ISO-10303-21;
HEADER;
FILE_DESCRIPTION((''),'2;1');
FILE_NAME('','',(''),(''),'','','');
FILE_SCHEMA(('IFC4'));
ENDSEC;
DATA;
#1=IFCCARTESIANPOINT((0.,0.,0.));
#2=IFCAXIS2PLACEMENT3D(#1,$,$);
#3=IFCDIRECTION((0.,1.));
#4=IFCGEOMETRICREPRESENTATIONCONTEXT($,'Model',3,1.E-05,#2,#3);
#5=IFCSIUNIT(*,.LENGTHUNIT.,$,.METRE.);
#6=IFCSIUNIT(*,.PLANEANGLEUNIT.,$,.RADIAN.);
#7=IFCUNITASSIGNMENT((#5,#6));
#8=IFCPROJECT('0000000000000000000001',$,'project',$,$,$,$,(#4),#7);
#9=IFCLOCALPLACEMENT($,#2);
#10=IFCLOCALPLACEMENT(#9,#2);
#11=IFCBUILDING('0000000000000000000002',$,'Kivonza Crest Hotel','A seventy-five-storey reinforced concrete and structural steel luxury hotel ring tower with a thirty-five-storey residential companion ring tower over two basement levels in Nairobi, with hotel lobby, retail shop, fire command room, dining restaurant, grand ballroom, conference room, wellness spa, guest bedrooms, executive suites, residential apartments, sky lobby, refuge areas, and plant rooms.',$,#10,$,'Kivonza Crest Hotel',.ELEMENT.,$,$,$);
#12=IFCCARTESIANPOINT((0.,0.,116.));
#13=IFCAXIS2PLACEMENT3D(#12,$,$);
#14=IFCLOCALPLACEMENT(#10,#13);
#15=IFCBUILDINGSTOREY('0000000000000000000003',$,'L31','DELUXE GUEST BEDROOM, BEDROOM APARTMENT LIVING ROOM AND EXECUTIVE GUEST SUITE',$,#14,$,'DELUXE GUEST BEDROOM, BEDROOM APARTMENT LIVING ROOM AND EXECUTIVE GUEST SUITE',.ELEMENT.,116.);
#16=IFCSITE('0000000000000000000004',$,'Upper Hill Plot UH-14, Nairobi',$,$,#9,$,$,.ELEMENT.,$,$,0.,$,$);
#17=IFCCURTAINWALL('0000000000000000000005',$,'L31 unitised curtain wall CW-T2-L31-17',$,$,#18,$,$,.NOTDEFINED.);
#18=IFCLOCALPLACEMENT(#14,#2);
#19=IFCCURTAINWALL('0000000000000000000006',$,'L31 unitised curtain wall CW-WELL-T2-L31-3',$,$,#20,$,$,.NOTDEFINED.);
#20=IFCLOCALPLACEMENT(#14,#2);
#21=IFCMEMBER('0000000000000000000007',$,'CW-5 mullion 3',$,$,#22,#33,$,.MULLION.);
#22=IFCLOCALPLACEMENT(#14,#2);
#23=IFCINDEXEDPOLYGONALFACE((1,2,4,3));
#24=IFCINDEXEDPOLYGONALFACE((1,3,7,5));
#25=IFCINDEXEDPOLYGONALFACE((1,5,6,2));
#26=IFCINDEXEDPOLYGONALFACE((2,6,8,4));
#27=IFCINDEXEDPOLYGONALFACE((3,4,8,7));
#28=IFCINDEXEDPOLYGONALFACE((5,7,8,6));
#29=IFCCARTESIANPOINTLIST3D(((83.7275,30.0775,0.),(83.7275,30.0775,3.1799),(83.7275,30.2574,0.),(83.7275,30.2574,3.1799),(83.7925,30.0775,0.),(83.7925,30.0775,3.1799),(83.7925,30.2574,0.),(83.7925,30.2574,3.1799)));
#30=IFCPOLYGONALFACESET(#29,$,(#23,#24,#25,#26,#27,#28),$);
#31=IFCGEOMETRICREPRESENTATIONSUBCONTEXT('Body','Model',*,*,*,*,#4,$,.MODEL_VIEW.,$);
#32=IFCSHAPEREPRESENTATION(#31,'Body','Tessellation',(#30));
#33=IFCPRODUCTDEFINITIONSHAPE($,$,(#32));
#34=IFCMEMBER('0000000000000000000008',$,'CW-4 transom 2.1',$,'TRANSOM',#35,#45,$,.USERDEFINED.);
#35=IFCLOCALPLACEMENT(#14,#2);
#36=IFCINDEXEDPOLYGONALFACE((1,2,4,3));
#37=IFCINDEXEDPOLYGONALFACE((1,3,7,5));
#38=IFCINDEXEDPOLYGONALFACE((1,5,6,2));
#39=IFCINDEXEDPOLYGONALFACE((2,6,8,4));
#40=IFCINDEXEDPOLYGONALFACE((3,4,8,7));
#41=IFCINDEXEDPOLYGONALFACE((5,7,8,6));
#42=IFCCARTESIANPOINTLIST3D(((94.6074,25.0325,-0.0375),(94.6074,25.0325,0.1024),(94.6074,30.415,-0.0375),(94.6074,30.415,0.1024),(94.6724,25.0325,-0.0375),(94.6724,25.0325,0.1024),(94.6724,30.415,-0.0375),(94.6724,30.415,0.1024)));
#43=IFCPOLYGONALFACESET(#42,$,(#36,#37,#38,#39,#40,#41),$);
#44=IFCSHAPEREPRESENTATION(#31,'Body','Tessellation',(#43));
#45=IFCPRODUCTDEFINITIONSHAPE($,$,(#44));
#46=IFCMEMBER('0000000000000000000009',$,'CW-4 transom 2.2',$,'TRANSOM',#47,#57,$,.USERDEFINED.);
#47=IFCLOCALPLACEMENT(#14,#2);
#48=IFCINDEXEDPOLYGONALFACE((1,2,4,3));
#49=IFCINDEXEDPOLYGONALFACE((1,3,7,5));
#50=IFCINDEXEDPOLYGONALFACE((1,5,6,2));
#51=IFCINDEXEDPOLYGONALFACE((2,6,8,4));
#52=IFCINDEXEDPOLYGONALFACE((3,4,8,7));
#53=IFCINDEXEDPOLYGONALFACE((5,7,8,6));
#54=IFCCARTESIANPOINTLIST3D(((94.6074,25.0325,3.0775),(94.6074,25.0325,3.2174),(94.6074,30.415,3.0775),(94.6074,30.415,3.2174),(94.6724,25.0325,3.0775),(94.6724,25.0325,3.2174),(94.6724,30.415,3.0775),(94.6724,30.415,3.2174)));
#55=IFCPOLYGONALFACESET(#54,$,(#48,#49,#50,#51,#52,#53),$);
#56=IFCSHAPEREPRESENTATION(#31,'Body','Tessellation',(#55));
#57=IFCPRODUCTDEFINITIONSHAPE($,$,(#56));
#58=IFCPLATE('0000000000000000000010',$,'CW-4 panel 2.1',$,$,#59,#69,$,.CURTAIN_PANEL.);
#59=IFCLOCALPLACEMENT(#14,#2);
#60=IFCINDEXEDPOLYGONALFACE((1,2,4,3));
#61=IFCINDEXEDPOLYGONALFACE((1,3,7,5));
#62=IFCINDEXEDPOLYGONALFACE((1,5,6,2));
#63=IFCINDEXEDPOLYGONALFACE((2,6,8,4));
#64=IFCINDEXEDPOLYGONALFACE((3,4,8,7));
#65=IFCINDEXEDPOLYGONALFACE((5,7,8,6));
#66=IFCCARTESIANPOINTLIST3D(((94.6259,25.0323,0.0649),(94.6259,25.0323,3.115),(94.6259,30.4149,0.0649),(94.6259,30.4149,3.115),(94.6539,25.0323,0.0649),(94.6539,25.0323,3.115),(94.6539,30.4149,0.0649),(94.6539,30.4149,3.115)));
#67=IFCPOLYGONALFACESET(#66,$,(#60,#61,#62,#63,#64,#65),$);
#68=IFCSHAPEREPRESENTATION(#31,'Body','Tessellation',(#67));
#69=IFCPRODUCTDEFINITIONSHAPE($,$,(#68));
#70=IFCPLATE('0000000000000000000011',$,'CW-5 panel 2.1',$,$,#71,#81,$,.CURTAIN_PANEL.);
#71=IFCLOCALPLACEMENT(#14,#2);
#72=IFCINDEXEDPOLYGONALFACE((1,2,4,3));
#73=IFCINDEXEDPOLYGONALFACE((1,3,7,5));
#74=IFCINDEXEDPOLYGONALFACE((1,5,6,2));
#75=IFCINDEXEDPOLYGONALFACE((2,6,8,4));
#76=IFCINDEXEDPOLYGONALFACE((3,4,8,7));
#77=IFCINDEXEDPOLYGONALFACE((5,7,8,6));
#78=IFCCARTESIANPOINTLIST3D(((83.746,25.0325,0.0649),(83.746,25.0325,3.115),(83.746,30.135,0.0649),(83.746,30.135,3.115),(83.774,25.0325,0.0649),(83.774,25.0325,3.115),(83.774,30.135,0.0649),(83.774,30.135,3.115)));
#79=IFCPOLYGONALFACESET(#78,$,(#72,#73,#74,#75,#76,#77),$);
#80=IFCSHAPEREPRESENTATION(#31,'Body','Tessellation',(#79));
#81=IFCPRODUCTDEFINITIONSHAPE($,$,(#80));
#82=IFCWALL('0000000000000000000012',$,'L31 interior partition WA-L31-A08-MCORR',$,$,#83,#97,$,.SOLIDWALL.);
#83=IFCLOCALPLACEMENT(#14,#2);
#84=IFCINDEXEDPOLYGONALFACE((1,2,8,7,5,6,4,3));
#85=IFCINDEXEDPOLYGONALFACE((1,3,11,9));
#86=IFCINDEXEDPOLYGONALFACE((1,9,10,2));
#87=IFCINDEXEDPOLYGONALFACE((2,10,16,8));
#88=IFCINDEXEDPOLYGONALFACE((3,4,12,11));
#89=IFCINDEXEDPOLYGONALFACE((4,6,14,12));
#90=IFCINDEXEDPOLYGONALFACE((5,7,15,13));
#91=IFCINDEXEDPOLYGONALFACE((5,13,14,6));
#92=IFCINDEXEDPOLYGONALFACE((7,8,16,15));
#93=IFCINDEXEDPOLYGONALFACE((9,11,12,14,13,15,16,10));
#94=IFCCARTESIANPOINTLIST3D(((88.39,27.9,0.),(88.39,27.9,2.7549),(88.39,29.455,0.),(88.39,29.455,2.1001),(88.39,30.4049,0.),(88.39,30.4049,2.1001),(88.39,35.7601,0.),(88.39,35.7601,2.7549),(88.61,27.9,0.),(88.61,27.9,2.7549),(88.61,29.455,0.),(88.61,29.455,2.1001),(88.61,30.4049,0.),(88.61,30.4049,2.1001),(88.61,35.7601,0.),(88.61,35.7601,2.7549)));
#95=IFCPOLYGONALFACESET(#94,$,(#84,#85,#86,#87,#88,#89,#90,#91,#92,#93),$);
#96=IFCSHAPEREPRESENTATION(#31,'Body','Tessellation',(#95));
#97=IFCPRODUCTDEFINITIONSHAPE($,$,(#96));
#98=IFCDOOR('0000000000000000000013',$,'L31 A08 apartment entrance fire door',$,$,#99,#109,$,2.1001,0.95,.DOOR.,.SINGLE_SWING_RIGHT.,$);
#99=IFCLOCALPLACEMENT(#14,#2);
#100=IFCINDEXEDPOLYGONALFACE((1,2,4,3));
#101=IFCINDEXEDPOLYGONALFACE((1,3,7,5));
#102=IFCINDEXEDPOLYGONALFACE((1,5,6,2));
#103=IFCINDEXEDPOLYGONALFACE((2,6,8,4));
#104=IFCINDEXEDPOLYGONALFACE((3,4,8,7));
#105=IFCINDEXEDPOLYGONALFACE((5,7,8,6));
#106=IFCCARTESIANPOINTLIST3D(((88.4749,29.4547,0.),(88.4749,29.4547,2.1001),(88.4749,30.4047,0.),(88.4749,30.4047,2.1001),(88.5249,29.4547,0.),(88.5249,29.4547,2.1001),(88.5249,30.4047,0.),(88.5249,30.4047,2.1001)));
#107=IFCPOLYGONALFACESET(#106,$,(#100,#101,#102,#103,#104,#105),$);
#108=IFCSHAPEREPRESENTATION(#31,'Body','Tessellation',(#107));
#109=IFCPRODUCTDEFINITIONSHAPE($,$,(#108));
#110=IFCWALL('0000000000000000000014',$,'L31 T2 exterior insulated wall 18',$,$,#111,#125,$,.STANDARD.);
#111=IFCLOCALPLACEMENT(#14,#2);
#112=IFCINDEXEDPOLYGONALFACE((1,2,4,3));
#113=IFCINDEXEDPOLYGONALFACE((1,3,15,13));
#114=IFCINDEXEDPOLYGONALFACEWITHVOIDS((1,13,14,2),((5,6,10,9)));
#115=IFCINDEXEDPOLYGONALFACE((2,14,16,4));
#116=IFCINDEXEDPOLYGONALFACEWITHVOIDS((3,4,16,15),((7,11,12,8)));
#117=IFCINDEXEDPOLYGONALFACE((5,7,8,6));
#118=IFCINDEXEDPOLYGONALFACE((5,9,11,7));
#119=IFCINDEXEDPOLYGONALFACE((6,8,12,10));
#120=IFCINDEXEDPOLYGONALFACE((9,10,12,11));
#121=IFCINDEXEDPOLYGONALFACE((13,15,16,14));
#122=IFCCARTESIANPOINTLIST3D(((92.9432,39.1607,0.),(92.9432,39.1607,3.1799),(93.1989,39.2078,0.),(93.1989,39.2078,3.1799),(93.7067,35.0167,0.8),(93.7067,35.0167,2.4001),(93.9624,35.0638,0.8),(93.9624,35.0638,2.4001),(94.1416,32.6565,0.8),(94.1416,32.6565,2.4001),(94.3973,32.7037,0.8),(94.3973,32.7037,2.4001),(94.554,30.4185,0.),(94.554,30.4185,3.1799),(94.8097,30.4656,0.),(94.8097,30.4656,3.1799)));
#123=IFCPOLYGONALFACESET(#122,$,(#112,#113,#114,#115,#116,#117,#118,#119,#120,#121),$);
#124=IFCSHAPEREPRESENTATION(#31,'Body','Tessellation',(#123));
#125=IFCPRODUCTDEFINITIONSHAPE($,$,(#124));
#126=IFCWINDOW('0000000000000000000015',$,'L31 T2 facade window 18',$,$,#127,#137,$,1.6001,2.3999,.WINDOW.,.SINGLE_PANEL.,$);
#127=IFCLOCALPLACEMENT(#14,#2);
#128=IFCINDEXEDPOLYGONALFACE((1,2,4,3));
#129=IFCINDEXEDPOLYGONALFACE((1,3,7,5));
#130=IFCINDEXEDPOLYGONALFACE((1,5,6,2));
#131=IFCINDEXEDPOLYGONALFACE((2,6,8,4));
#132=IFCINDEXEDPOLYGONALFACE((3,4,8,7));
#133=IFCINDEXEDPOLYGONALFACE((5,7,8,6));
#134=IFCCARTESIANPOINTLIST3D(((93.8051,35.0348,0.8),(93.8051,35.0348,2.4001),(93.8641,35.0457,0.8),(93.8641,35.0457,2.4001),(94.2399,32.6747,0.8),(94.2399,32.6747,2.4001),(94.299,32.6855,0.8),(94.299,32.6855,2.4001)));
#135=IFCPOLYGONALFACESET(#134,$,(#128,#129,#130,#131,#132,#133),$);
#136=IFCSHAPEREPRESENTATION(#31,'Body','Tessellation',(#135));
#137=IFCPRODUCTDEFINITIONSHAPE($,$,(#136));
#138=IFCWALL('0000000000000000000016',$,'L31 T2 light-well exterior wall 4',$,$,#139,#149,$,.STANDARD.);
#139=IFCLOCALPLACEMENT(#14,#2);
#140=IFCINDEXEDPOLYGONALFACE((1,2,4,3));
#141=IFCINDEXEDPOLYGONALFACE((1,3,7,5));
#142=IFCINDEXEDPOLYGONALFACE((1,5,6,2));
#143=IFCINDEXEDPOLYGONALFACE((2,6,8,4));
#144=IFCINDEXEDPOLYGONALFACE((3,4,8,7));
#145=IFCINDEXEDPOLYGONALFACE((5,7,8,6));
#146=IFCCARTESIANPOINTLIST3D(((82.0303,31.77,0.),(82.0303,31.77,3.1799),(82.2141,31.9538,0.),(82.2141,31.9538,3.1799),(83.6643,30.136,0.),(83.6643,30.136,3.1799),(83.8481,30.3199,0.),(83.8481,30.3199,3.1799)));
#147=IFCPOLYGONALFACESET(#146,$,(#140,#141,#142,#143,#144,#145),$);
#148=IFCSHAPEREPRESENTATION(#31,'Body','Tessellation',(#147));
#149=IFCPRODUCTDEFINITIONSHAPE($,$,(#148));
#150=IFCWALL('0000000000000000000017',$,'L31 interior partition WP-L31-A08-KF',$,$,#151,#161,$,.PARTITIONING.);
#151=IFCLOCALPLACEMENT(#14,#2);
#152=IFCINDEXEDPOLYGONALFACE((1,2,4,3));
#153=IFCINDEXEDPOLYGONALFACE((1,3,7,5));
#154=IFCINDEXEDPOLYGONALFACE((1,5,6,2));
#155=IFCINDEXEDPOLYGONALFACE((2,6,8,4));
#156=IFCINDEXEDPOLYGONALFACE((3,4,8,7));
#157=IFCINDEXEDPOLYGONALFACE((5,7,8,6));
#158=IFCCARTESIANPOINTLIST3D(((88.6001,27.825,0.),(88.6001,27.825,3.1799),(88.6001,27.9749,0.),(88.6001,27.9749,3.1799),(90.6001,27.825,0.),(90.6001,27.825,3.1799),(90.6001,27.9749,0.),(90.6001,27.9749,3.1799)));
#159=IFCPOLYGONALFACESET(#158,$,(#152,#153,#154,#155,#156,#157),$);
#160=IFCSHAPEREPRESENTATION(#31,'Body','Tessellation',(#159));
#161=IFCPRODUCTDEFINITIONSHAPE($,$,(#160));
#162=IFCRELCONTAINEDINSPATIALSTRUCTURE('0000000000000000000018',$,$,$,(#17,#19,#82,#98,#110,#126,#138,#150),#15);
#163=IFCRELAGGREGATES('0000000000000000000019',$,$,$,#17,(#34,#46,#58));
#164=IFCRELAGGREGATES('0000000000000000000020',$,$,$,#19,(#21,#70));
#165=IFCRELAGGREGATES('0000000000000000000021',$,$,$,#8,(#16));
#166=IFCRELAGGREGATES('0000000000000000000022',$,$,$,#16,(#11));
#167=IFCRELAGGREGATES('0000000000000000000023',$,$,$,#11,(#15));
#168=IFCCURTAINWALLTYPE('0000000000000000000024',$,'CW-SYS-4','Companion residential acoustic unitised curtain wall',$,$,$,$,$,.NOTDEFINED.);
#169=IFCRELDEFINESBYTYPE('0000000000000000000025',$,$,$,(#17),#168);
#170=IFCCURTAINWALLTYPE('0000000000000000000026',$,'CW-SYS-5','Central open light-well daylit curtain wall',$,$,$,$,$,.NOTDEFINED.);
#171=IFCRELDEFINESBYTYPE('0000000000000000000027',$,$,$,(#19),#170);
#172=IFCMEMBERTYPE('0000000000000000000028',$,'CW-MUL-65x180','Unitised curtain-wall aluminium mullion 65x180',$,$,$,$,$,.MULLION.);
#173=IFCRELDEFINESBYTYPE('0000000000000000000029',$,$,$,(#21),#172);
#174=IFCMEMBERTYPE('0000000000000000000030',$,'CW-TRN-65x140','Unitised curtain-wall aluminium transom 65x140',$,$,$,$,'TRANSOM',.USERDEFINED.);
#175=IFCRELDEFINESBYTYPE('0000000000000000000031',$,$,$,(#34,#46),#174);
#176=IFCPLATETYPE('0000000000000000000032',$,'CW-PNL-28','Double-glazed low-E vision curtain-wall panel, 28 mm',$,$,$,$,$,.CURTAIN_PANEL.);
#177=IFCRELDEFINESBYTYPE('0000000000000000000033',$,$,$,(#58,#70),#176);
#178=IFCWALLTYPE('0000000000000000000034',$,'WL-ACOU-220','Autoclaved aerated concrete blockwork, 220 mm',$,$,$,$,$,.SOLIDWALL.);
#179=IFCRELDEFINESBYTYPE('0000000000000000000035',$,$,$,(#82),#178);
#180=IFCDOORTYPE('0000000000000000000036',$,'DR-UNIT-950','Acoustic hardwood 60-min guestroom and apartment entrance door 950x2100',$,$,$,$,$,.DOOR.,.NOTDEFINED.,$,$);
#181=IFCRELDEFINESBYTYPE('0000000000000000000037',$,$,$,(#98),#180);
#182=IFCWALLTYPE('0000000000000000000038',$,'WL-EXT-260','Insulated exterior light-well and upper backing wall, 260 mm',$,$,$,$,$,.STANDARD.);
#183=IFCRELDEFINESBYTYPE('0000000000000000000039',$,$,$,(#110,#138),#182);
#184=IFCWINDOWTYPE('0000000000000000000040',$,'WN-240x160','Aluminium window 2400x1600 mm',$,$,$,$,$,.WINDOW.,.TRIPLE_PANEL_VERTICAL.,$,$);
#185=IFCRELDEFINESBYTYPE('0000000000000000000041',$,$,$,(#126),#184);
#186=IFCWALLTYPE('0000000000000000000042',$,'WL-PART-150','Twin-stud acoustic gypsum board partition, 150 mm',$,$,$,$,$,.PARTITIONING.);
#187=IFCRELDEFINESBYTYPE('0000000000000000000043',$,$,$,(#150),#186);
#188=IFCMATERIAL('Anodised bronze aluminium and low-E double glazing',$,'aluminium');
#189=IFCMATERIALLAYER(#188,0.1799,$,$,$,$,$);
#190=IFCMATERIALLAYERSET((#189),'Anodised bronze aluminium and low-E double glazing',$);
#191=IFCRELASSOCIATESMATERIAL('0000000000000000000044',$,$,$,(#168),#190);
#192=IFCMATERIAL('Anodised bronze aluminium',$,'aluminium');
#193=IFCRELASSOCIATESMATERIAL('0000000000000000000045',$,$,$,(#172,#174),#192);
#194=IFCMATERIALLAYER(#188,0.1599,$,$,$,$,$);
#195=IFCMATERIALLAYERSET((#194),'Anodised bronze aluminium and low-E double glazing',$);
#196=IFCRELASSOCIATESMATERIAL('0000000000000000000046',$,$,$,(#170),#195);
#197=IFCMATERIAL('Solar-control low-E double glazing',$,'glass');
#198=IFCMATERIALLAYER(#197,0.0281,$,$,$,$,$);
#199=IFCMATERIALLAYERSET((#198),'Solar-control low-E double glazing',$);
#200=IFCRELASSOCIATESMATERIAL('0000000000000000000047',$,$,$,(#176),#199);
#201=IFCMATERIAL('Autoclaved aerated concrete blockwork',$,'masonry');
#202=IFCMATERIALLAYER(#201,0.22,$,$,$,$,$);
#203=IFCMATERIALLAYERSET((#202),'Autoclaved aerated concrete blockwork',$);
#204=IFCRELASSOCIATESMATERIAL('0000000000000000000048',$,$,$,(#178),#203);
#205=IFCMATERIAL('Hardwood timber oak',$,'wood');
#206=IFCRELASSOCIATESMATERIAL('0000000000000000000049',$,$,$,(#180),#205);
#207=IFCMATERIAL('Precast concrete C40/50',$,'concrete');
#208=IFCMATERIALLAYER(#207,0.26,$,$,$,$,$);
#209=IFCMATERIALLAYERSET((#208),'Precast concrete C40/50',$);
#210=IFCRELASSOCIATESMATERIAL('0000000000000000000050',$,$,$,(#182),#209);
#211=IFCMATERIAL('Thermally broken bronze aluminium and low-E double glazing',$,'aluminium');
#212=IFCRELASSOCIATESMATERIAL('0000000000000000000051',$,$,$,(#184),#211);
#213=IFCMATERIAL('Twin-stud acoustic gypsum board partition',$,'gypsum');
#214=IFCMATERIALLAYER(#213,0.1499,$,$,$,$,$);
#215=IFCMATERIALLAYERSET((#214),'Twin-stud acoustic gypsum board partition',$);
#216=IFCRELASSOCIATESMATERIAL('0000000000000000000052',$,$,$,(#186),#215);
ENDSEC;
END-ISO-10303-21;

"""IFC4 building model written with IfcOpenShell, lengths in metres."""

from ifc_helpers import new_model, si_unit, direction, frame, frame_2d, origin, origin_2d, place, context, subcontext, project, spatial, rectangle, extrude, material, layer, layer_set, material_profile, profile_set, type_object, element, fill, aggregate, save


model = new_model("IFC4")

# Units and contexts
model_context = context("Model", 3, precision=1e-05, world=origin(), true_north=direction((0.0, 1.0)))
body_context = subcontext(model_context, "Body", "Model", "MODEL_VIEW")
ifc_project = project(units=[si_unit("LENGTHUNIT", "METRE"), si_unit("PLANEANGLEUNIT", "RADIAN")], contexts=[model_context])

# Site, building, storey
site_placement = place(None, origin())
site = spatial("IfcSite", under=ifc_project, at=site_placement, Name="Upper Hill Plot UH-14, Nairobi", CompositionType="ELEMENT", RefElevation=0.0)
building_placement = place(site_placement, origin())
building = spatial("IfcBuilding", under=site, at=building_placement, Name="Kivonza Crest Hotel", Description="A seventy-five-storey reinforced concrete and structural steel luxury hotel ring tower with a thirty-five-storey residential companion ring tower over two basement levels in Nairobi, with hotel lobby, retail shop, fire command room, dining restaurant, grand ballroom, conference room, wellness spa, guest bedrooms, executive suites, residential apartments, sky lobby, refuge areas, and plant rooms.", LongName="Kivonza Crest Hotel", CompositionType="ELEMENT")
storey_placement = place(building_placement, frame((0.0, 0.0, 116.0)))
storey = spatial("IfcBuildingStorey", under=building, at=storey_placement, Name="L31", Description="DELUXE GUEST BEDROOM, BEDROOM APARTMENT LIVING ROOM AND EXECUTIVE GUEST SUITE", LongName="DELUXE GUEST BEDROOM, BEDROOM APARTMENT LIVING ROOM AND EXECUTIVE GUEST SUITE", CompositionType="ELEMENT", Elevation=116.0)

# Curtain walls, member
ifc_material_1 = material(Name="Anodised bronze aluminium and low-E double glazing", Category="aluminium")
ifc_layer_1 = layer(ifc_material_1, 0.1799)
ifc_layer_set_1 = layer_set([ifc_layer_1], Name="Anodised bronze aluminium and low-E double glazing")
curtain_wall_type_1 = type_object("IfcCurtainWallType", Name="CW-SYS-4", Description="Companion residential acoustic unitised curtain wall", PredefinedType="NOTDEFINED", material=ifc_layer_set_1)
curtain_wall_1_placement = place(storey_placement, origin())
curtain_wall_1 = element("IfcCurtainWall", 1, at=curtain_wall_1_placement, inside=storey, type_object=curtain_wall_type_1, Name="L31 unitised curtain wall CW-T2-L31-17", PredefinedType="NOTDEFINED")
ifc_material_2 = material(Name="Anodised bronze aluminium", Category="aluminium")
ifc_material_profile_1 = material_profile(ifc_material_2, rectangle(XDim=0.0649, YDim=0.1799, at=origin_2d()), Name="CW-M 65x180")
ifc_profile_set_1 = profile_set([ifc_material_profile_1], Name="Anodised bronze aluminium")
member_type_1 = type_object("IfcMemberType", Name="CW-MUL-65x180", Description="Unitised curtain-wall aluminium mullion 65x180", PredefinedType="MULLION", material=ifc_profile_set_1)
ifc_layer_2 = layer(ifc_material_1, 0.1599)
ifc_layer_set_2 = layer_set([ifc_layer_2], Name="Anodised bronze aluminium and low-E double glazing")
curtain_wall_type_2 = type_object("IfcCurtainWallType", Name="CW-SYS-5", Description="Central open light-well daylit curtain wall", PredefinedType="NOTDEFINED", material=ifc_layer_set_2)
curtain_wall_2_placement = place(storey_placement, origin())
curtain_wall_2 = element("IfcCurtainWall", 2, at=curtain_wall_2_placement, inside=storey, type_object=curtain_wall_type_2, Name="L31 unitised curtain wall CW-WELL-T2-L31-3", PredefinedType="NOTDEFINED")
member_1_placement = place(storey_placement, frame((83.76, 30.1675, 0.0), z_axis=(0.0, 0.0, 1.0), x_axis=(-1.0, 0.0, 0.0)))
member_1 = element("IfcMember", 3, at=member_1_placement, type_object=member_type_1, Name="CW-5 mullion 3", PredefinedType="MULLION", context=body_context, shape_type="SweptSolid", body=[
    extrude(rectangle(XDim=0.0649, YDim=0.1799, at=origin_2d()), origin(), (0.0, 0.0, 1.0), 3.1799),
])

# Members
ifc_material_profile_2 = material_profile(ifc_material_2, rectangle(XDim=0.0649, YDim=0.1399, at=origin_2d()), Name="CW-T 65x140")
ifc_profile_set_2 = profile_set([ifc_material_profile_2], Name="Anodised bronze aluminium")
member_type_2 = type_object("IfcMemberType", Name="CW-TRN-65x140", Description="Unitised curtain-wall aluminium transom 65x140", ElementType="TRANSOM", PredefinedType="USERDEFINED", material=ifc_profile_set_2)
member_2_placement = place(storey_placement, frame((94.6399, 25.0325, 0.0325), z_axis=(0.0, 1.0, 0.0), x_axis=(-1.0, 0.0, 0.0)))
member_2 = element("IfcMember", 4, at=member_2_placement, type_object=member_type_2, Name="CW-4 transom 2.1", ObjectType="TRANSOM", PredefinedType="USERDEFINED", context=body_context, shape_type="SweptSolid", body=[
    extrude(rectangle(XDim=0.0649, YDim=0.1399, at=origin_2d()), origin(), (0.0, 0.0, 1.0), 5.3826),
])
member_3_placement = place(storey_placement, frame((94.6399, 25.0325, 3.1475), z_axis=(0.0, 1.0, 0.0), x_axis=(-1.0, 0.0, 0.0)))
member_3 = element("IfcMember", 5, at=member_3_placement, type_object=member_type_2, Name="CW-4 transom 2.2", ObjectType="TRANSOM", PredefinedType="USERDEFINED", context=body_context, shape_type="SweptSolid", body=[
    extrude(rectangle(XDim=0.0649, YDim=0.1399, at=origin_2d()), origin(), (0.0, 0.0, 1.0), 5.3826),
])

# Plates
ifc_material_3 = material(Name="Solar-control low-E double glazing", Category="glass")
ifc_layer_3 = layer(ifc_material_3, 0.0281)
ifc_layer_set_3 = layer_set([ifc_layer_3], Name="Solar-control low-E double glazing")
plate_type = type_object("IfcPlateType", Name="CW-PNL-28", Description="Double-glazed low-E vision curtain-wall panel, 28 mm", PredefinedType="CURTAIN_PANEL", material=ifc_layer_set_3)
plate_1_placement = place(storey_placement, frame((94.6399, 27.7236, 0.0649), z_axis=(0.0, 0.0, 1.0), x_axis=(0.0, 1.0, 0.0)))
plate_1 = element("IfcPlate", 6, at=plate_1_placement, type_object=plate_type, Name="CW-4 panel 2.1", PredefinedType="CURTAIN_PANEL", context=body_context, shape_type="SweptSolid", body=[
    extrude(rectangle(XDim=5.3826, YDim=0.0281, at=origin_2d()), origin(), (0.0, 0.0, 1.0), 3.05),
])
aggregate(curtain_wall_1, [member_2, member_3, plate_1])
plate_2_placement = place(storey_placement, frame((83.76, 27.5837, 0.0649), z_axis=(0.0, 0.0, 1.0), x_axis=(0.0, 1.0, 0.0)))
plate_2 = element("IfcPlate", 7, at=plate_2_placement, type_object=plate_type, Name="CW-5 panel 2.1", PredefinedType="CURTAIN_PANEL", context=body_context, shape_type="SweptSolid", body=[
    extrude(rectangle(XDim=5.1025, YDim=0.0281, at=origin_2d()), origin(), (0.0, 0.0, 1.0), 3.05),
])
aggregate(curtain_wall_2, [member_1, plate_2])

# Wall, opening, door
ifc_material_4 = material(Name="Autoclaved aerated concrete blockwork", Category="masonry")
ifc_layer_4 = layer(ifc_material_4, 0.22)
ifc_layer_set_4 = layer_set([ifc_layer_4], Name="Autoclaved aerated concrete blockwork")
wall_type_1 = type_object("IfcWallType", Name="WL-ACOU-220", Description="Autoclaved aerated concrete blockwork, 220 mm", PredefinedType="SOLIDWALL", material=ifc_layer_set_4)
wall_1_placement = place(storey_placement, frame((88.5, 27.8999, 0.0), z_axis=(0.0, 0.0, 1.0), x_axis=(0.0, 1.0, 0.0)))
wall_1 = element("IfcWall", 8, at=wall_1_placement, inside=storey, type_object=wall_type_1, Name="L31 interior partition WA-L31-A08-MCORR", PredefinedType="SOLIDWALL", context=body_context, shape_type="SweptSolid", body=[
    extrude(rectangle(XDim=7.8601, YDim=0.22, at=frame_2d((3.9302, 0.0))), origin(), (0.0, 0.0, 1.0), 2.7549),
])
opening_1_placement = place(wall_1_placement, frame((1.5549, 0.0, 0.0)))
opening_1 = element("IfcOpeningElement", 9, at=opening_1_placement, cuts=wall_1, PredefinedType="OPENING", context=body_context, shape_type="SweptSolid", body=[
    extrude(rectangle(XDim=0.95, YDim=2.1001, at=frame_2d((0.4751, 1.05))), frame((0.0, 0.1201, 0.0), z_axis=(0.0, -1.0, 0.0), x_axis=(1.0, 0.0, 0.0)), (0.0, 0.0, 1.0), 0.24),
])
ifc_material_5 = material(Name="Hardwood timber oak", Category="wood")
door_type_1 = type_object("IfcDoorType", Name="DR-UNIT-950", Description="Acoustic hardwood 60-min guestroom and apartment entrance door 950x2100", OperationType="NOTDEFINED", PredefinedType="DOOR", material=ifc_material_5)
door_1_placement = place(opening_1_placement, frame((0.95, 0.0, 0.0), z_axis=(0.0, 0.0, 1.0), x_axis=(-1.0, 0.0, 0.0)))
door_1 = element("IfcDoor", 10, at=door_1_placement, inside=storey, type_object=door_type_1, Name="L31 A08 apartment entrance fire door", OperationType="SINGLE_SWING_RIGHT", OverallHeight=2.1001, OverallWidth=0.95, PredefinedType="DOOR", context=body_context, shape_type="SweptSolid", body=[
    extrude(rectangle(XDim=0.95, YDim=2.1001, at=frame_2d((0.4751, 1.05))), frame((0.0, 0.0249, 0.0), z_axis=(0.0, -1.0, 0.0), x_axis=(1.0, 0.0, 0.0)), (0.0, 0.0, 1.0), 0.05),
])
fill(opening_1, door_1)

# Wall, opening, window
ifc_material_6 = material(Name="Precast concrete C40/50", Category="concrete")
ifc_layer_5 = layer(ifc_material_6, 0.26)
ifc_layer_set_5 = layer_set([ifc_layer_5], Name="Precast concrete C40/50")
wall_type_2 = type_object("IfcWallType", Name="WL-EXT-260", Description="Insulated exterior light-well and upper backing wall, 260 mm", PredefinedType="STANDARD", material=ifc_layer_set_5)
wall_2_placement = place(storey_placement, frame((94.6819, 30.4419, 0.0), z_axis=(0.0, 0.0, 1.0), x_axis=(-0.18121, 0.983444, 0.0)))
wall_2 = element("IfcWall", 11, at=wall_2_placement, inside=storey, type_object=wall_type_2, Name="L31 T2 exterior insulated wall 18", PredefinedType="STANDARD", context=body_context, shape_type="SweptSolid", body=[
    extrude(rectangle(XDim=8.8894, YDim=0.26, at=frame_2d((4.4448, 0.0))), origin(), (0.0, 0.0, 1.0), 3.1799),
])
opening_2_placement = place(wall_2_placement, frame((2.2759, 0.0, 0.8)))
opening_2 = element("IfcOpeningElement", 12, at=opening_2_placement, cuts=wall_2, PredefinedType="OPENING", context=body_context, shape_type="SweptSolid", body=[
    extrude(rectangle(XDim=2.3999, YDim=1.6001, at=frame_2d((1.2, 0.8))), frame((0.0, 0.1401, 0.0), z_axis=(0.0, -1.0, 0.0), x_axis=(1.0, 0.0, 0.0)), (0.0, 0.0, 1.0), 0.28),
])
ifc_material_7 = material(Name="Thermally broken bronze aluminium and low-E double glazing", Category="aluminium")
window_type = type_object("IfcWindowType", Name="WN-240x160", Description="Aluminium window 2400x1600 mm", PartitioningType="TRIPLE_PANEL_VERTICAL", PredefinedType="WINDOW", material=ifc_material_7)
window_placement = place(opening_2_placement, origin())
window = element("IfcWindow", 13, at=window_placement, inside=storey, type_object=window_type, Name="L31 T2 facade window 18", OverallHeight=1.6001, OverallWidth=2.3999, PartitioningType="SINGLE_PANEL", PredefinedType="WINDOW", context=body_context, shape_type="SweptSolid", body=[
    extrude(rectangle(XDim=2.3999, YDim=1.6001, at=frame_2d((1.2, 0.8))), frame((0.0, 0.03, 0.0), z_axis=(0.0, -1.0, 0.0), x_axis=(1.0, 0.0, 0.0)), (0.0, 0.0, 1.0), 0.0601),
])
fill(opening_2, window)

# Walls
wall_3_placement = place(storey_placement, frame((83.7561, 30.228, 0.0), z_axis=(0.0, 0.0, 1.0), x_axis=(-0.707107, 0.707107, 0.0)))
element("IfcWall", 14, at=wall_3_placement, inside=storey, type_object=wall_type_2, Name="L31 T2 light-well exterior wall 4", PredefinedType="STANDARD", context=body_context, shape_type="SweptSolid", body=[
    extrude(rectangle(XDim=2.3108, YDim=0.26, at=frame_2d((1.1553, 0.0))), origin(), (0.0, 0.0, 1.0), 3.1799),
])
ifc_material_8 = material(Name="Twin-stud acoustic gypsum board partition", Category="gypsum")
ifc_layer_6 = layer(ifc_material_8, 0.1499)
ifc_layer_set_6 = layer_set([ifc_layer_6], Name="Twin-stud acoustic gypsum board partition")
wall_type_3 = type_object("IfcWallType", Name="WL-PART-150", Description="Twin-stud acoustic gypsum board partition, 150 mm", PredefinedType="PARTITIONING", material=ifc_layer_set_6)
wall_4_placement = place(storey_placement, frame((88.6001, 27.8999, 0.0), z_axis=(0.0, 0.0, 1.0), x_axis=(1.0, 0.0, 0.0)))
element("IfcWall", 15, at=wall_4_placement, inside=storey, type_object=wall_type_3, Name="L31 interior partition WP-L31-A08-KF", PredefinedType="PARTITIONING", context=body_context, shape_type="SweptSolid", body=[
    extrude(rectangle(XDim=2.0, YDim=0.1499, at=frame_2d((1.0, 0.0))), origin(), (0.0, 0.0, 1.0), 3.1799),
])

save(model, "model.ifc")
